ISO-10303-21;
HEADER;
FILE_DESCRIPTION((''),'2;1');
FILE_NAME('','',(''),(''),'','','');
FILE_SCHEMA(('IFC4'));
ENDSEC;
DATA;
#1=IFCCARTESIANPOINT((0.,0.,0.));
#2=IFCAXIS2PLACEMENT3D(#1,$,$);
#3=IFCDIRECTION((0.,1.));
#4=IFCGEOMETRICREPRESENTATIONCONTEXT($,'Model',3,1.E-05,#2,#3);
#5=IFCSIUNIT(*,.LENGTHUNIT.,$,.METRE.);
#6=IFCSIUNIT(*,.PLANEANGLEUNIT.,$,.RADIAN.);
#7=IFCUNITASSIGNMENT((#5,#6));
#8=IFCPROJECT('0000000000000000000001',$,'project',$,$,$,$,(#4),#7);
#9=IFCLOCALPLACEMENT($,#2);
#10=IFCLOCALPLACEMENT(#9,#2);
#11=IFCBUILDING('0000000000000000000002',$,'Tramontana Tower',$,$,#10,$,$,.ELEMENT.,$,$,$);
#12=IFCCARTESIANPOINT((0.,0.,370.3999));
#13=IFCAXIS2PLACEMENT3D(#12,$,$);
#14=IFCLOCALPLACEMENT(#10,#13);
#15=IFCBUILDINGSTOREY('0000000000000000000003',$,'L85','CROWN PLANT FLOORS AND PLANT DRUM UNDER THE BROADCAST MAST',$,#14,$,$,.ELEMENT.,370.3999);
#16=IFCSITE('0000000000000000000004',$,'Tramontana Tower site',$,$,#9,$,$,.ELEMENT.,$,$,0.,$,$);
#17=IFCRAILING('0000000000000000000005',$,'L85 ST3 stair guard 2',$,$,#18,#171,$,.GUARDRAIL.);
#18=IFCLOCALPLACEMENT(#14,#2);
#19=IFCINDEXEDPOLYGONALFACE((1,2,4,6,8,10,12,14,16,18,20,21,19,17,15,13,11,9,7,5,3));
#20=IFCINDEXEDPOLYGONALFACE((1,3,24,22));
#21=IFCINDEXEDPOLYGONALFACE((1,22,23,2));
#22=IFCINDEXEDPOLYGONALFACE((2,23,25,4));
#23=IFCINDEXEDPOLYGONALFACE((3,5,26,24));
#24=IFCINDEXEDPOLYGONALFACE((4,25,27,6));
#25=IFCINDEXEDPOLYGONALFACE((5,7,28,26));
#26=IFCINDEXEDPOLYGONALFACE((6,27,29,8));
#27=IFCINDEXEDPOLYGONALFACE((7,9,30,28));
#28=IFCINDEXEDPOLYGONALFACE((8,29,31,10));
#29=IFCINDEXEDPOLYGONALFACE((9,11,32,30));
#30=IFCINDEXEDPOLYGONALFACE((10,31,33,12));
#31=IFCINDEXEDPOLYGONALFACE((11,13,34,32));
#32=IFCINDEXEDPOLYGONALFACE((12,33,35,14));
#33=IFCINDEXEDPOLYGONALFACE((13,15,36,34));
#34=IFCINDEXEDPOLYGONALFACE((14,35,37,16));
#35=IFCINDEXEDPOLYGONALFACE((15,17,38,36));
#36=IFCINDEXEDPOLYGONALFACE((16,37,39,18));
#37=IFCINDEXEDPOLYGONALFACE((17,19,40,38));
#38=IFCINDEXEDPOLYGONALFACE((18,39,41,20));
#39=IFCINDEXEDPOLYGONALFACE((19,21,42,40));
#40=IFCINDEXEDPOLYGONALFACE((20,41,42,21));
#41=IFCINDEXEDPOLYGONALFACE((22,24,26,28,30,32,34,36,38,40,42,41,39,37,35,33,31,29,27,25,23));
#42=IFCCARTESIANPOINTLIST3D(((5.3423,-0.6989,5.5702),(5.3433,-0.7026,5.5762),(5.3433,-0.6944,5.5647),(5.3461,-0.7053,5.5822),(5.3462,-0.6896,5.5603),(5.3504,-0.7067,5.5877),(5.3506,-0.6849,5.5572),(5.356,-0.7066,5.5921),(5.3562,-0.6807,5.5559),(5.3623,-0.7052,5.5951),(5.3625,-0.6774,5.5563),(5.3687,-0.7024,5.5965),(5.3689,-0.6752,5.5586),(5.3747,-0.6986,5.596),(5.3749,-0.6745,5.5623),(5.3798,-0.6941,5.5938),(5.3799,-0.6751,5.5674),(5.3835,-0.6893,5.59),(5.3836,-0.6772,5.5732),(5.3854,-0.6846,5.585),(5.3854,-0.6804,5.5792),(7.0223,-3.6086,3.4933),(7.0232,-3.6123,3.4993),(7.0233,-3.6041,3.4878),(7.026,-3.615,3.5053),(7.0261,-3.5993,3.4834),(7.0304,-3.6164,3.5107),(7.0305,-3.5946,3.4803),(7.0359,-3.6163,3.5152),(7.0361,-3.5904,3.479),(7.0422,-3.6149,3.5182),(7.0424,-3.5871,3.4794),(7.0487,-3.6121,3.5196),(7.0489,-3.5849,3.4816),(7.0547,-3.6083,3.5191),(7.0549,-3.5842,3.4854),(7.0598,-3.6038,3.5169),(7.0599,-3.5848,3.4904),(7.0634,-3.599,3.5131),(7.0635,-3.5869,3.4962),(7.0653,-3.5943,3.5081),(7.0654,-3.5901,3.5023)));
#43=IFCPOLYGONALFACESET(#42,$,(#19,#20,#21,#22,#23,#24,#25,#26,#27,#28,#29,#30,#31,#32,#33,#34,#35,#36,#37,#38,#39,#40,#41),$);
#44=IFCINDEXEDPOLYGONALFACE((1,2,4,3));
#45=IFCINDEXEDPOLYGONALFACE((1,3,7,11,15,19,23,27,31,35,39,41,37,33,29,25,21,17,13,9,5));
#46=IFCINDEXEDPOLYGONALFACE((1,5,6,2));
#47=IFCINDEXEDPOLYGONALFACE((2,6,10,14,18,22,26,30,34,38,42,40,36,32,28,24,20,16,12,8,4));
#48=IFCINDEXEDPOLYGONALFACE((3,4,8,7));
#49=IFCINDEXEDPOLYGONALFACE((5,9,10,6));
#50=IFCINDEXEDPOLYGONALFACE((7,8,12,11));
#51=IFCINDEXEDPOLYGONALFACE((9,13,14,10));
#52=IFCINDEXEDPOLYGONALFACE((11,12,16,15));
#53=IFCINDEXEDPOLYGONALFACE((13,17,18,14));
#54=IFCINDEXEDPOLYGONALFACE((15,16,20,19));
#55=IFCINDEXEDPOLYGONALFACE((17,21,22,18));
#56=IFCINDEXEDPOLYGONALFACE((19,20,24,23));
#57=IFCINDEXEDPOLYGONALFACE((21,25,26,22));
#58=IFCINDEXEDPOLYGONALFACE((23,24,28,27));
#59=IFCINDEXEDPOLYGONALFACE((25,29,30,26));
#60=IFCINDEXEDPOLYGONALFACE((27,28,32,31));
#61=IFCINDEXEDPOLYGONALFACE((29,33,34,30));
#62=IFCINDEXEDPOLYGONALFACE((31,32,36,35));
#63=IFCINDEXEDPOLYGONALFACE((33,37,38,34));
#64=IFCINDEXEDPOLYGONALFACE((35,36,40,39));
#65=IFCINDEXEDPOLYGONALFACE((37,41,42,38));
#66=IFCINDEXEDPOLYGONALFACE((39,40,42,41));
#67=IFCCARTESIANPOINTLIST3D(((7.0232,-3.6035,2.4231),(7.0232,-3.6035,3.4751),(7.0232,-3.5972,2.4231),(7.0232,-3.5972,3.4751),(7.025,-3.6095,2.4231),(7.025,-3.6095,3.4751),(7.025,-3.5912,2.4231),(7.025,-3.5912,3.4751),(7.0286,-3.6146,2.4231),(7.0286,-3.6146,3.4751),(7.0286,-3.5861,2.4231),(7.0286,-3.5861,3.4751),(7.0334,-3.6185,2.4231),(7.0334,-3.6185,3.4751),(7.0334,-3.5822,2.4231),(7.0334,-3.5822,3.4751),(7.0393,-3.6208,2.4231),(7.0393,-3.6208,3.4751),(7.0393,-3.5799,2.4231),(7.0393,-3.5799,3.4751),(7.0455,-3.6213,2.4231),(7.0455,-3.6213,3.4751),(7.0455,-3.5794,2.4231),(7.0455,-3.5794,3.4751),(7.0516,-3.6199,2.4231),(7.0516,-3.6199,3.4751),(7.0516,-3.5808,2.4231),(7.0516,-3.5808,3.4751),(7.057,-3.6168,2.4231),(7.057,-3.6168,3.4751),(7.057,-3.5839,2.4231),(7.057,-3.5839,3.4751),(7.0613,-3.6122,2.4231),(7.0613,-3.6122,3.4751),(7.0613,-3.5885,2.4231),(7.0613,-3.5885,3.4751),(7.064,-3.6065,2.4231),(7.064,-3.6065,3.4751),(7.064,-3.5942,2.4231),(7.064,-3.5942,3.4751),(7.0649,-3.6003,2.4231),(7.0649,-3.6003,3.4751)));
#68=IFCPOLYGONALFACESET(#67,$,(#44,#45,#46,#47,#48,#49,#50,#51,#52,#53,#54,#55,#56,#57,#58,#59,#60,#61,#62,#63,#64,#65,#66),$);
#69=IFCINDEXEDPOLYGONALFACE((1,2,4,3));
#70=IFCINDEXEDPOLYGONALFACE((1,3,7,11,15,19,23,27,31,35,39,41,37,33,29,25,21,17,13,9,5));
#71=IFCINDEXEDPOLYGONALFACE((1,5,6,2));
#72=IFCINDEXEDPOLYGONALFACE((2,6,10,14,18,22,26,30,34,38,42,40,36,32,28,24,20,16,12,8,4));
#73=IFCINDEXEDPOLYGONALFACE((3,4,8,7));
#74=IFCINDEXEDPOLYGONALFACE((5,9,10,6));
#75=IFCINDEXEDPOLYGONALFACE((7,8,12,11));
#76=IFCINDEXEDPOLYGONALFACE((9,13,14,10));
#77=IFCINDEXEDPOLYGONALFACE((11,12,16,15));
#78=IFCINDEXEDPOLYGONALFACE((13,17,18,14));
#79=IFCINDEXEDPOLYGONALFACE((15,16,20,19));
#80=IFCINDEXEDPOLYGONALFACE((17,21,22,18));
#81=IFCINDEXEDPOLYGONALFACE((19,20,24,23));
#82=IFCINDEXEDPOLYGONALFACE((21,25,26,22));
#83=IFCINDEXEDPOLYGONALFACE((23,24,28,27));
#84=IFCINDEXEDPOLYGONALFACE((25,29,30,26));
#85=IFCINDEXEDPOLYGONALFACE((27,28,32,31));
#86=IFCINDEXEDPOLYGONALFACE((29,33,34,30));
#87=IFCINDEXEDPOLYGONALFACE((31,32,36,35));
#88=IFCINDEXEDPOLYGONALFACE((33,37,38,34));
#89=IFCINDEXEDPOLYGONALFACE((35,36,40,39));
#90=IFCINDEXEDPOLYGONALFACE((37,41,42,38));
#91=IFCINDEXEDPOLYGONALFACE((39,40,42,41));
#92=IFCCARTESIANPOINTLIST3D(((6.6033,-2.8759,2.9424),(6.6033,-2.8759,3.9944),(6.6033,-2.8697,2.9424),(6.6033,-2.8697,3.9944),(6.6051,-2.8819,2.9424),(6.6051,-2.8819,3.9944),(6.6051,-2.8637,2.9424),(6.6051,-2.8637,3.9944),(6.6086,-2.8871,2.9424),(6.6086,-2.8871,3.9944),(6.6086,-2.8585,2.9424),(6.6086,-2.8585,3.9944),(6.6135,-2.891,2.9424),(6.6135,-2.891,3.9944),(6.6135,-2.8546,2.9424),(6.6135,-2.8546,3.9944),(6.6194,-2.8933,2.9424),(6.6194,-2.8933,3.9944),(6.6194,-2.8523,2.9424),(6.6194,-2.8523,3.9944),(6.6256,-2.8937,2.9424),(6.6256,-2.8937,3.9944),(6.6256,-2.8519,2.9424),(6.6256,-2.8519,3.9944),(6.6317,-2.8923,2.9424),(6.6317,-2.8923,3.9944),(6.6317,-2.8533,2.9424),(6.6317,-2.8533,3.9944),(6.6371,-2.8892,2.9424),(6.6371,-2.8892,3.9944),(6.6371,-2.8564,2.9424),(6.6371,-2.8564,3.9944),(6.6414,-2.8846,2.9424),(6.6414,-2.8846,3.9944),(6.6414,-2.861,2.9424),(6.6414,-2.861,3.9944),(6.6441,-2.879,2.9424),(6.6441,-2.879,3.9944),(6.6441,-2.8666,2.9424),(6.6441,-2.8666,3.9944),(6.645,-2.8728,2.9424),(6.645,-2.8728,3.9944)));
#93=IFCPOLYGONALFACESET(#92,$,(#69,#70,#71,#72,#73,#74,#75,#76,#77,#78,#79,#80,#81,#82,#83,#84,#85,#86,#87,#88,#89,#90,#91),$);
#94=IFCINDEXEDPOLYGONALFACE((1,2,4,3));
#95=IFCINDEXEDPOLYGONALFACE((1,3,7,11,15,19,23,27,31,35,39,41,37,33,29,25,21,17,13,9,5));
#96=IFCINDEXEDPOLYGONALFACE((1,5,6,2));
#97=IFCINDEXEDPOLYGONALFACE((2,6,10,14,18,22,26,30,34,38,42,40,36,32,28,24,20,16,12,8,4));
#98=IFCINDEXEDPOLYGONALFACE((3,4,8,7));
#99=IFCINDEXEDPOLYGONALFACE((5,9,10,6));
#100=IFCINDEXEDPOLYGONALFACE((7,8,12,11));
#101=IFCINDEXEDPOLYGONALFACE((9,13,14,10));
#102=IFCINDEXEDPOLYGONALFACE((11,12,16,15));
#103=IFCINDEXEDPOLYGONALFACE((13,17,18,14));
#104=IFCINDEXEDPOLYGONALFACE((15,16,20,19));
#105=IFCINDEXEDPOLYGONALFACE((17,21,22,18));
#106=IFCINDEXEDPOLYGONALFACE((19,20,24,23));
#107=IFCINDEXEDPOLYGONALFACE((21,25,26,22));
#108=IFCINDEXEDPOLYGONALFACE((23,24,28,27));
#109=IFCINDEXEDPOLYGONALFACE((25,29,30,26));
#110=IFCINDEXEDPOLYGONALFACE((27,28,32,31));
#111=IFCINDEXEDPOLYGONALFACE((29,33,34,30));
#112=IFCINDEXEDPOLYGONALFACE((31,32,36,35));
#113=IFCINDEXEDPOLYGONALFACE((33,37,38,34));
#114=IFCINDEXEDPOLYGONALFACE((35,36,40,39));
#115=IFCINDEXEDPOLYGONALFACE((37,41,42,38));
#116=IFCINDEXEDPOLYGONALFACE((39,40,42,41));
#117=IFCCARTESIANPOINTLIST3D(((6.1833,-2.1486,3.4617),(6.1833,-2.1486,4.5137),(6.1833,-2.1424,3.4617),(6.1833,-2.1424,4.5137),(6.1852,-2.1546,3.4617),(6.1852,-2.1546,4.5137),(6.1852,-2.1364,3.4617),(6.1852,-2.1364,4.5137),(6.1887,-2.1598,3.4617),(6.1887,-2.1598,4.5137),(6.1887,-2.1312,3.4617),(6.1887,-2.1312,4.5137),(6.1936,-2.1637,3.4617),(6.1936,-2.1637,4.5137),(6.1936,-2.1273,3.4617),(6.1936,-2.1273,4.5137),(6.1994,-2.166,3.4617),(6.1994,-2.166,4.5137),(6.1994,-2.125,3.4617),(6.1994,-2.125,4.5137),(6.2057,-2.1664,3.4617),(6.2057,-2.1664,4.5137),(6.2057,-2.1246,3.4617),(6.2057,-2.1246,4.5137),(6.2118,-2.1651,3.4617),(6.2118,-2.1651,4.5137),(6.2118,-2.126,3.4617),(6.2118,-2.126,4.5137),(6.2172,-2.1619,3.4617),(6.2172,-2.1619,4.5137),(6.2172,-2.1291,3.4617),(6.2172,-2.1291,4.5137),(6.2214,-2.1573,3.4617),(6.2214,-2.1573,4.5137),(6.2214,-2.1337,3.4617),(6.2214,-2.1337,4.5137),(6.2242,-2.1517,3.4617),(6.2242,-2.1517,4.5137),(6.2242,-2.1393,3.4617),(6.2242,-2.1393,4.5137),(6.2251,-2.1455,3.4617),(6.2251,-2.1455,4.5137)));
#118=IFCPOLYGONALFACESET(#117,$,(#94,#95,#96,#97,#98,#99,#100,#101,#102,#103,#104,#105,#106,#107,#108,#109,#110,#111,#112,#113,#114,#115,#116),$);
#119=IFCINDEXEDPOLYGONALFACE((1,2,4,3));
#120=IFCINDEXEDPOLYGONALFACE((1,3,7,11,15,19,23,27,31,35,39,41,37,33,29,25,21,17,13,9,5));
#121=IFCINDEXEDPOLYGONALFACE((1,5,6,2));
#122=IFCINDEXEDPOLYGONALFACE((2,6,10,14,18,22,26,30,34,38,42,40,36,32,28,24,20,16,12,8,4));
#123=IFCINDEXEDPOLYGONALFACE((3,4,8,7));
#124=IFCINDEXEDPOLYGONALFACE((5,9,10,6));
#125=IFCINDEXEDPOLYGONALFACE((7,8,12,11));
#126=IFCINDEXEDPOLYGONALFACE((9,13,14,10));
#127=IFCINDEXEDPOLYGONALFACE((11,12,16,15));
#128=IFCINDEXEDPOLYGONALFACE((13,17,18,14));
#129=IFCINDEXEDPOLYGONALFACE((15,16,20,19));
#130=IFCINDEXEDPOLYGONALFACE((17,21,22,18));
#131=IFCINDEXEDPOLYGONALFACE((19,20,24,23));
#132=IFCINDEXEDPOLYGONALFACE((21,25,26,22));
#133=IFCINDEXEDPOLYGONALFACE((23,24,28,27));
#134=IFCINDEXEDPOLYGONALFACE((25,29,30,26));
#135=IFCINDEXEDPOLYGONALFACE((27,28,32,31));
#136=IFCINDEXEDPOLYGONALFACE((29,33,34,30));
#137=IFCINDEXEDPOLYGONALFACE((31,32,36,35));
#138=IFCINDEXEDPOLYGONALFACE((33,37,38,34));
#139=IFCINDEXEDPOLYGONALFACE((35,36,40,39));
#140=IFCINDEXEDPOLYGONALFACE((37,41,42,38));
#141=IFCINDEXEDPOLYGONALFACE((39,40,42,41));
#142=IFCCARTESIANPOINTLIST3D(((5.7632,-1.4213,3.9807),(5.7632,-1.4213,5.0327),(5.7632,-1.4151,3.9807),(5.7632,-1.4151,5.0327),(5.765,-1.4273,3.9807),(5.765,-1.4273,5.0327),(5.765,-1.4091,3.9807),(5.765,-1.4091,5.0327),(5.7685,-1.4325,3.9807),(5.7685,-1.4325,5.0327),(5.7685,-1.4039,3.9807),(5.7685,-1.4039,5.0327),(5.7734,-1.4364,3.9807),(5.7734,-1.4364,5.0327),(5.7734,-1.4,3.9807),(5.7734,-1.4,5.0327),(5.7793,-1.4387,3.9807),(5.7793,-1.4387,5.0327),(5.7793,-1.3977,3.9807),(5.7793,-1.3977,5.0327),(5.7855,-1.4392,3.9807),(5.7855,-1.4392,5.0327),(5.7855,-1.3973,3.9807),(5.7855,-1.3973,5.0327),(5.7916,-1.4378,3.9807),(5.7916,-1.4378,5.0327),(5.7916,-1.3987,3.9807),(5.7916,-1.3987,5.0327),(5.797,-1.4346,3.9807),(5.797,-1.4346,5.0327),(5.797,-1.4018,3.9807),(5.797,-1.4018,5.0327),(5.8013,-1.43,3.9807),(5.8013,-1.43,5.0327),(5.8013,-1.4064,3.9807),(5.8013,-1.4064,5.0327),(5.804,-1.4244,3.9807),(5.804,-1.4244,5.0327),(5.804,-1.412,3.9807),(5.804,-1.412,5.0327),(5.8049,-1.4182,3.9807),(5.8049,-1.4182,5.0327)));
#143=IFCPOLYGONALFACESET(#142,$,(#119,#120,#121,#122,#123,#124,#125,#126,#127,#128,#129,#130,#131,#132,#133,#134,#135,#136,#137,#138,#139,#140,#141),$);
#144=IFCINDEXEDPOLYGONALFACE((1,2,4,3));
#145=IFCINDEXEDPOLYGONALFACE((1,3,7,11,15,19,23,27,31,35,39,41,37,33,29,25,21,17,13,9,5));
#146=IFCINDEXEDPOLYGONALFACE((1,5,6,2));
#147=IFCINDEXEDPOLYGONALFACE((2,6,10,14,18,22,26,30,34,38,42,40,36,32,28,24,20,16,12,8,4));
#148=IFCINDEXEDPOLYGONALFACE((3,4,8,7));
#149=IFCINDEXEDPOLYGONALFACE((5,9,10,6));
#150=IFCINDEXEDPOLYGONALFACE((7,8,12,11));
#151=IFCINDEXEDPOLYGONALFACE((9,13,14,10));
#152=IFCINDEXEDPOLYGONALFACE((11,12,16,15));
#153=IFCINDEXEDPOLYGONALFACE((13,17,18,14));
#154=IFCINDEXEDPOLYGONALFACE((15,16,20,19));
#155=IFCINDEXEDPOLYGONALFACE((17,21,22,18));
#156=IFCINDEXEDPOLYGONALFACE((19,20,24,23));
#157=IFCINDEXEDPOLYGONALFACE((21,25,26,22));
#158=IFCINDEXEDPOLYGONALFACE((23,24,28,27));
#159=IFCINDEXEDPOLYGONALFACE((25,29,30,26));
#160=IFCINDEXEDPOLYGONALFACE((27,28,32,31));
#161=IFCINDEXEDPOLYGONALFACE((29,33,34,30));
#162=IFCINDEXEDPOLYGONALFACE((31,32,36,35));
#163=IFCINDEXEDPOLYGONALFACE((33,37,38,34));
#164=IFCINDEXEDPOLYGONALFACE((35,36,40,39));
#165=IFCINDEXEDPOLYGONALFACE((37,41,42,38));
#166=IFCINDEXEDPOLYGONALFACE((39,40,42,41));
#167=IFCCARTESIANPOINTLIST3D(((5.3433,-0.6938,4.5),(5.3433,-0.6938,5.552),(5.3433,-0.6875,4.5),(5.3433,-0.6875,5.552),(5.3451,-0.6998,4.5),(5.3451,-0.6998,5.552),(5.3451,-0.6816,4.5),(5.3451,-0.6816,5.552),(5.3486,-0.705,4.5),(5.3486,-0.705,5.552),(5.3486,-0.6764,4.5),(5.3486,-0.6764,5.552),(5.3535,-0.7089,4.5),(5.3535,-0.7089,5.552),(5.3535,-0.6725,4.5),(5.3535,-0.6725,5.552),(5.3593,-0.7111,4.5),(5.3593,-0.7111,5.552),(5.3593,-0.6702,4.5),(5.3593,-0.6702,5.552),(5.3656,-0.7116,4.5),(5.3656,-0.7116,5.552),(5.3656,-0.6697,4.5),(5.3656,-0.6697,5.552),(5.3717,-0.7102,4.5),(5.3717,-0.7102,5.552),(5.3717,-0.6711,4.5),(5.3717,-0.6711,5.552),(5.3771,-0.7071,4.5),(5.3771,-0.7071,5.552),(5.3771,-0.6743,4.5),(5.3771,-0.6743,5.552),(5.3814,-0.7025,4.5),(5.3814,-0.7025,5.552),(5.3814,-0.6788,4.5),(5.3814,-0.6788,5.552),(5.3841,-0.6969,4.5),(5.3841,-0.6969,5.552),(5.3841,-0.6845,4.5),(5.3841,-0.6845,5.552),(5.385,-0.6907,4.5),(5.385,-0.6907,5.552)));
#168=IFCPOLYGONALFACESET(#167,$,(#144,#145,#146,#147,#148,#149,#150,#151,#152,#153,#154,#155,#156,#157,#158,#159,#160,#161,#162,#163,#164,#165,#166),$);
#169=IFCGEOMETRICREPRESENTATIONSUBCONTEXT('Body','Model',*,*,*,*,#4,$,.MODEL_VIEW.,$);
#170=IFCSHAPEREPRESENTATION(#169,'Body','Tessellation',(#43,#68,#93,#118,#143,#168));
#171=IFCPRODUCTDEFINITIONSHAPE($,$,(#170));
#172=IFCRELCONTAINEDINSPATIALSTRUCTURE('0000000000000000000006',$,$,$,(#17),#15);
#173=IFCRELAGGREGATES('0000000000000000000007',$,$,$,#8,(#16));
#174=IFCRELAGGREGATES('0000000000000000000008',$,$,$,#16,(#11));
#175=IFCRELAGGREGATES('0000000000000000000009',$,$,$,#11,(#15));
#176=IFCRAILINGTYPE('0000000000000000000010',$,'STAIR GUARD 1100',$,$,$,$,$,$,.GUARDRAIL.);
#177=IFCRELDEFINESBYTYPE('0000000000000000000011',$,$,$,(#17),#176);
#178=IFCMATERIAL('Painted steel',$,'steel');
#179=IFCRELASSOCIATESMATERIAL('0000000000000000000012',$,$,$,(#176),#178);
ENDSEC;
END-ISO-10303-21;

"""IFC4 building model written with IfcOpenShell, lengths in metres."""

from ifc_helpers import new_model, si_unit, direction, frame, origin, origin_2d, place, context, subcontext, project, spatial, circle, extrude, material, type_object, element, save


model = new_model("IFC4")

# Units and contexts
model_context = context("Model", 3, precision=1e-05, world=origin(), true_north=direction((0.0, 1.0)))
body_context = subcontext(model_context, "Body", "Model", "MODEL_VIEW")
ifc_project = project(units=[si_unit("LENGTHUNIT", "METRE"), si_unit("PLANEANGLEUNIT", "RADIAN")], contexts=[model_context])

# Site, building, storey
site_placement = place(None, origin())
site = spatial("IfcSite", under=ifc_project, at=site_placement, Name="Tramontana Tower site", CompositionType="ELEMENT", RefElevation=0.0)
building_placement = place(site_placement, origin())
building = spatial("IfcBuilding", under=site, at=building_placement, Name="Tramontana Tower", CompositionType="ELEMENT")
storey_placement = place(building_placement, frame((0.0, 0.0, 370.3999)))
storey = spatial("IfcBuildingStorey", under=building, at=storey_placement, Name="L85", Description="CROWN PLANT FLOORS AND PLANT DRUM UNDER THE BROADCAST MAST", CompositionType="ELEMENT", Elevation=370.3999)

# Railing
ifc_material_1 = material(Name="Painted steel", Category="steel")
railing_type_1 = type_object("IfcRailingType", Name="STAIR GUARD 1100", PredefinedType="GUARDRAIL", material=ifc_material_1)
railing_1_placement = place(storey_placement, frame((7.0439, -3.6003, 2.4231)))
element("IfcRailing", 1, at=railing_1_placement, inside=storey, type_object=railing_type_1, Name="L85 ST3 stair guard 2", PredefinedType="GUARDRAIL", context=body_context, shape_type="SweptSolid", body=[
    extrude(circle(Radius=0.0239, at=origin_2d()), frame((0.0, 0.0, 1.0762), z_axis=(-0.425308, 0.73664, 0.525809), x_axis=(-0.866021, -0.500008, 0.0)), (0.0, 0.0, 1.0), 3.95),
    extrude(circle(Radius=0.021, at=origin_2d()), origin(), (0.0, 0.0, 1.0), 1.052),
    extrude(circle(Radius=0.021, at=origin_2d()), frame((-0.4199, 0.7275, 0.5193)), (0.0, 0.0, 1.0), 1.052),
    extrude(circle(Radius=0.021, at=origin_2d()), frame((-0.8398, 1.4548, 1.0386)), (0.0, 0.0, 1.0), 1.052),
    extrude(circle(Radius=0.021, at=origin_2d()), frame((-1.26, 2.1821, 1.5576)), (0.0, 0.0, 1.0), 1.052),
    extrude(circle(Radius=0.021, at=origin_2d()), frame((-1.6799, 2.9097, 2.0769)), (0.0, 0.0, 1.0), 1.052),
])

save(model, "model.ifc")
